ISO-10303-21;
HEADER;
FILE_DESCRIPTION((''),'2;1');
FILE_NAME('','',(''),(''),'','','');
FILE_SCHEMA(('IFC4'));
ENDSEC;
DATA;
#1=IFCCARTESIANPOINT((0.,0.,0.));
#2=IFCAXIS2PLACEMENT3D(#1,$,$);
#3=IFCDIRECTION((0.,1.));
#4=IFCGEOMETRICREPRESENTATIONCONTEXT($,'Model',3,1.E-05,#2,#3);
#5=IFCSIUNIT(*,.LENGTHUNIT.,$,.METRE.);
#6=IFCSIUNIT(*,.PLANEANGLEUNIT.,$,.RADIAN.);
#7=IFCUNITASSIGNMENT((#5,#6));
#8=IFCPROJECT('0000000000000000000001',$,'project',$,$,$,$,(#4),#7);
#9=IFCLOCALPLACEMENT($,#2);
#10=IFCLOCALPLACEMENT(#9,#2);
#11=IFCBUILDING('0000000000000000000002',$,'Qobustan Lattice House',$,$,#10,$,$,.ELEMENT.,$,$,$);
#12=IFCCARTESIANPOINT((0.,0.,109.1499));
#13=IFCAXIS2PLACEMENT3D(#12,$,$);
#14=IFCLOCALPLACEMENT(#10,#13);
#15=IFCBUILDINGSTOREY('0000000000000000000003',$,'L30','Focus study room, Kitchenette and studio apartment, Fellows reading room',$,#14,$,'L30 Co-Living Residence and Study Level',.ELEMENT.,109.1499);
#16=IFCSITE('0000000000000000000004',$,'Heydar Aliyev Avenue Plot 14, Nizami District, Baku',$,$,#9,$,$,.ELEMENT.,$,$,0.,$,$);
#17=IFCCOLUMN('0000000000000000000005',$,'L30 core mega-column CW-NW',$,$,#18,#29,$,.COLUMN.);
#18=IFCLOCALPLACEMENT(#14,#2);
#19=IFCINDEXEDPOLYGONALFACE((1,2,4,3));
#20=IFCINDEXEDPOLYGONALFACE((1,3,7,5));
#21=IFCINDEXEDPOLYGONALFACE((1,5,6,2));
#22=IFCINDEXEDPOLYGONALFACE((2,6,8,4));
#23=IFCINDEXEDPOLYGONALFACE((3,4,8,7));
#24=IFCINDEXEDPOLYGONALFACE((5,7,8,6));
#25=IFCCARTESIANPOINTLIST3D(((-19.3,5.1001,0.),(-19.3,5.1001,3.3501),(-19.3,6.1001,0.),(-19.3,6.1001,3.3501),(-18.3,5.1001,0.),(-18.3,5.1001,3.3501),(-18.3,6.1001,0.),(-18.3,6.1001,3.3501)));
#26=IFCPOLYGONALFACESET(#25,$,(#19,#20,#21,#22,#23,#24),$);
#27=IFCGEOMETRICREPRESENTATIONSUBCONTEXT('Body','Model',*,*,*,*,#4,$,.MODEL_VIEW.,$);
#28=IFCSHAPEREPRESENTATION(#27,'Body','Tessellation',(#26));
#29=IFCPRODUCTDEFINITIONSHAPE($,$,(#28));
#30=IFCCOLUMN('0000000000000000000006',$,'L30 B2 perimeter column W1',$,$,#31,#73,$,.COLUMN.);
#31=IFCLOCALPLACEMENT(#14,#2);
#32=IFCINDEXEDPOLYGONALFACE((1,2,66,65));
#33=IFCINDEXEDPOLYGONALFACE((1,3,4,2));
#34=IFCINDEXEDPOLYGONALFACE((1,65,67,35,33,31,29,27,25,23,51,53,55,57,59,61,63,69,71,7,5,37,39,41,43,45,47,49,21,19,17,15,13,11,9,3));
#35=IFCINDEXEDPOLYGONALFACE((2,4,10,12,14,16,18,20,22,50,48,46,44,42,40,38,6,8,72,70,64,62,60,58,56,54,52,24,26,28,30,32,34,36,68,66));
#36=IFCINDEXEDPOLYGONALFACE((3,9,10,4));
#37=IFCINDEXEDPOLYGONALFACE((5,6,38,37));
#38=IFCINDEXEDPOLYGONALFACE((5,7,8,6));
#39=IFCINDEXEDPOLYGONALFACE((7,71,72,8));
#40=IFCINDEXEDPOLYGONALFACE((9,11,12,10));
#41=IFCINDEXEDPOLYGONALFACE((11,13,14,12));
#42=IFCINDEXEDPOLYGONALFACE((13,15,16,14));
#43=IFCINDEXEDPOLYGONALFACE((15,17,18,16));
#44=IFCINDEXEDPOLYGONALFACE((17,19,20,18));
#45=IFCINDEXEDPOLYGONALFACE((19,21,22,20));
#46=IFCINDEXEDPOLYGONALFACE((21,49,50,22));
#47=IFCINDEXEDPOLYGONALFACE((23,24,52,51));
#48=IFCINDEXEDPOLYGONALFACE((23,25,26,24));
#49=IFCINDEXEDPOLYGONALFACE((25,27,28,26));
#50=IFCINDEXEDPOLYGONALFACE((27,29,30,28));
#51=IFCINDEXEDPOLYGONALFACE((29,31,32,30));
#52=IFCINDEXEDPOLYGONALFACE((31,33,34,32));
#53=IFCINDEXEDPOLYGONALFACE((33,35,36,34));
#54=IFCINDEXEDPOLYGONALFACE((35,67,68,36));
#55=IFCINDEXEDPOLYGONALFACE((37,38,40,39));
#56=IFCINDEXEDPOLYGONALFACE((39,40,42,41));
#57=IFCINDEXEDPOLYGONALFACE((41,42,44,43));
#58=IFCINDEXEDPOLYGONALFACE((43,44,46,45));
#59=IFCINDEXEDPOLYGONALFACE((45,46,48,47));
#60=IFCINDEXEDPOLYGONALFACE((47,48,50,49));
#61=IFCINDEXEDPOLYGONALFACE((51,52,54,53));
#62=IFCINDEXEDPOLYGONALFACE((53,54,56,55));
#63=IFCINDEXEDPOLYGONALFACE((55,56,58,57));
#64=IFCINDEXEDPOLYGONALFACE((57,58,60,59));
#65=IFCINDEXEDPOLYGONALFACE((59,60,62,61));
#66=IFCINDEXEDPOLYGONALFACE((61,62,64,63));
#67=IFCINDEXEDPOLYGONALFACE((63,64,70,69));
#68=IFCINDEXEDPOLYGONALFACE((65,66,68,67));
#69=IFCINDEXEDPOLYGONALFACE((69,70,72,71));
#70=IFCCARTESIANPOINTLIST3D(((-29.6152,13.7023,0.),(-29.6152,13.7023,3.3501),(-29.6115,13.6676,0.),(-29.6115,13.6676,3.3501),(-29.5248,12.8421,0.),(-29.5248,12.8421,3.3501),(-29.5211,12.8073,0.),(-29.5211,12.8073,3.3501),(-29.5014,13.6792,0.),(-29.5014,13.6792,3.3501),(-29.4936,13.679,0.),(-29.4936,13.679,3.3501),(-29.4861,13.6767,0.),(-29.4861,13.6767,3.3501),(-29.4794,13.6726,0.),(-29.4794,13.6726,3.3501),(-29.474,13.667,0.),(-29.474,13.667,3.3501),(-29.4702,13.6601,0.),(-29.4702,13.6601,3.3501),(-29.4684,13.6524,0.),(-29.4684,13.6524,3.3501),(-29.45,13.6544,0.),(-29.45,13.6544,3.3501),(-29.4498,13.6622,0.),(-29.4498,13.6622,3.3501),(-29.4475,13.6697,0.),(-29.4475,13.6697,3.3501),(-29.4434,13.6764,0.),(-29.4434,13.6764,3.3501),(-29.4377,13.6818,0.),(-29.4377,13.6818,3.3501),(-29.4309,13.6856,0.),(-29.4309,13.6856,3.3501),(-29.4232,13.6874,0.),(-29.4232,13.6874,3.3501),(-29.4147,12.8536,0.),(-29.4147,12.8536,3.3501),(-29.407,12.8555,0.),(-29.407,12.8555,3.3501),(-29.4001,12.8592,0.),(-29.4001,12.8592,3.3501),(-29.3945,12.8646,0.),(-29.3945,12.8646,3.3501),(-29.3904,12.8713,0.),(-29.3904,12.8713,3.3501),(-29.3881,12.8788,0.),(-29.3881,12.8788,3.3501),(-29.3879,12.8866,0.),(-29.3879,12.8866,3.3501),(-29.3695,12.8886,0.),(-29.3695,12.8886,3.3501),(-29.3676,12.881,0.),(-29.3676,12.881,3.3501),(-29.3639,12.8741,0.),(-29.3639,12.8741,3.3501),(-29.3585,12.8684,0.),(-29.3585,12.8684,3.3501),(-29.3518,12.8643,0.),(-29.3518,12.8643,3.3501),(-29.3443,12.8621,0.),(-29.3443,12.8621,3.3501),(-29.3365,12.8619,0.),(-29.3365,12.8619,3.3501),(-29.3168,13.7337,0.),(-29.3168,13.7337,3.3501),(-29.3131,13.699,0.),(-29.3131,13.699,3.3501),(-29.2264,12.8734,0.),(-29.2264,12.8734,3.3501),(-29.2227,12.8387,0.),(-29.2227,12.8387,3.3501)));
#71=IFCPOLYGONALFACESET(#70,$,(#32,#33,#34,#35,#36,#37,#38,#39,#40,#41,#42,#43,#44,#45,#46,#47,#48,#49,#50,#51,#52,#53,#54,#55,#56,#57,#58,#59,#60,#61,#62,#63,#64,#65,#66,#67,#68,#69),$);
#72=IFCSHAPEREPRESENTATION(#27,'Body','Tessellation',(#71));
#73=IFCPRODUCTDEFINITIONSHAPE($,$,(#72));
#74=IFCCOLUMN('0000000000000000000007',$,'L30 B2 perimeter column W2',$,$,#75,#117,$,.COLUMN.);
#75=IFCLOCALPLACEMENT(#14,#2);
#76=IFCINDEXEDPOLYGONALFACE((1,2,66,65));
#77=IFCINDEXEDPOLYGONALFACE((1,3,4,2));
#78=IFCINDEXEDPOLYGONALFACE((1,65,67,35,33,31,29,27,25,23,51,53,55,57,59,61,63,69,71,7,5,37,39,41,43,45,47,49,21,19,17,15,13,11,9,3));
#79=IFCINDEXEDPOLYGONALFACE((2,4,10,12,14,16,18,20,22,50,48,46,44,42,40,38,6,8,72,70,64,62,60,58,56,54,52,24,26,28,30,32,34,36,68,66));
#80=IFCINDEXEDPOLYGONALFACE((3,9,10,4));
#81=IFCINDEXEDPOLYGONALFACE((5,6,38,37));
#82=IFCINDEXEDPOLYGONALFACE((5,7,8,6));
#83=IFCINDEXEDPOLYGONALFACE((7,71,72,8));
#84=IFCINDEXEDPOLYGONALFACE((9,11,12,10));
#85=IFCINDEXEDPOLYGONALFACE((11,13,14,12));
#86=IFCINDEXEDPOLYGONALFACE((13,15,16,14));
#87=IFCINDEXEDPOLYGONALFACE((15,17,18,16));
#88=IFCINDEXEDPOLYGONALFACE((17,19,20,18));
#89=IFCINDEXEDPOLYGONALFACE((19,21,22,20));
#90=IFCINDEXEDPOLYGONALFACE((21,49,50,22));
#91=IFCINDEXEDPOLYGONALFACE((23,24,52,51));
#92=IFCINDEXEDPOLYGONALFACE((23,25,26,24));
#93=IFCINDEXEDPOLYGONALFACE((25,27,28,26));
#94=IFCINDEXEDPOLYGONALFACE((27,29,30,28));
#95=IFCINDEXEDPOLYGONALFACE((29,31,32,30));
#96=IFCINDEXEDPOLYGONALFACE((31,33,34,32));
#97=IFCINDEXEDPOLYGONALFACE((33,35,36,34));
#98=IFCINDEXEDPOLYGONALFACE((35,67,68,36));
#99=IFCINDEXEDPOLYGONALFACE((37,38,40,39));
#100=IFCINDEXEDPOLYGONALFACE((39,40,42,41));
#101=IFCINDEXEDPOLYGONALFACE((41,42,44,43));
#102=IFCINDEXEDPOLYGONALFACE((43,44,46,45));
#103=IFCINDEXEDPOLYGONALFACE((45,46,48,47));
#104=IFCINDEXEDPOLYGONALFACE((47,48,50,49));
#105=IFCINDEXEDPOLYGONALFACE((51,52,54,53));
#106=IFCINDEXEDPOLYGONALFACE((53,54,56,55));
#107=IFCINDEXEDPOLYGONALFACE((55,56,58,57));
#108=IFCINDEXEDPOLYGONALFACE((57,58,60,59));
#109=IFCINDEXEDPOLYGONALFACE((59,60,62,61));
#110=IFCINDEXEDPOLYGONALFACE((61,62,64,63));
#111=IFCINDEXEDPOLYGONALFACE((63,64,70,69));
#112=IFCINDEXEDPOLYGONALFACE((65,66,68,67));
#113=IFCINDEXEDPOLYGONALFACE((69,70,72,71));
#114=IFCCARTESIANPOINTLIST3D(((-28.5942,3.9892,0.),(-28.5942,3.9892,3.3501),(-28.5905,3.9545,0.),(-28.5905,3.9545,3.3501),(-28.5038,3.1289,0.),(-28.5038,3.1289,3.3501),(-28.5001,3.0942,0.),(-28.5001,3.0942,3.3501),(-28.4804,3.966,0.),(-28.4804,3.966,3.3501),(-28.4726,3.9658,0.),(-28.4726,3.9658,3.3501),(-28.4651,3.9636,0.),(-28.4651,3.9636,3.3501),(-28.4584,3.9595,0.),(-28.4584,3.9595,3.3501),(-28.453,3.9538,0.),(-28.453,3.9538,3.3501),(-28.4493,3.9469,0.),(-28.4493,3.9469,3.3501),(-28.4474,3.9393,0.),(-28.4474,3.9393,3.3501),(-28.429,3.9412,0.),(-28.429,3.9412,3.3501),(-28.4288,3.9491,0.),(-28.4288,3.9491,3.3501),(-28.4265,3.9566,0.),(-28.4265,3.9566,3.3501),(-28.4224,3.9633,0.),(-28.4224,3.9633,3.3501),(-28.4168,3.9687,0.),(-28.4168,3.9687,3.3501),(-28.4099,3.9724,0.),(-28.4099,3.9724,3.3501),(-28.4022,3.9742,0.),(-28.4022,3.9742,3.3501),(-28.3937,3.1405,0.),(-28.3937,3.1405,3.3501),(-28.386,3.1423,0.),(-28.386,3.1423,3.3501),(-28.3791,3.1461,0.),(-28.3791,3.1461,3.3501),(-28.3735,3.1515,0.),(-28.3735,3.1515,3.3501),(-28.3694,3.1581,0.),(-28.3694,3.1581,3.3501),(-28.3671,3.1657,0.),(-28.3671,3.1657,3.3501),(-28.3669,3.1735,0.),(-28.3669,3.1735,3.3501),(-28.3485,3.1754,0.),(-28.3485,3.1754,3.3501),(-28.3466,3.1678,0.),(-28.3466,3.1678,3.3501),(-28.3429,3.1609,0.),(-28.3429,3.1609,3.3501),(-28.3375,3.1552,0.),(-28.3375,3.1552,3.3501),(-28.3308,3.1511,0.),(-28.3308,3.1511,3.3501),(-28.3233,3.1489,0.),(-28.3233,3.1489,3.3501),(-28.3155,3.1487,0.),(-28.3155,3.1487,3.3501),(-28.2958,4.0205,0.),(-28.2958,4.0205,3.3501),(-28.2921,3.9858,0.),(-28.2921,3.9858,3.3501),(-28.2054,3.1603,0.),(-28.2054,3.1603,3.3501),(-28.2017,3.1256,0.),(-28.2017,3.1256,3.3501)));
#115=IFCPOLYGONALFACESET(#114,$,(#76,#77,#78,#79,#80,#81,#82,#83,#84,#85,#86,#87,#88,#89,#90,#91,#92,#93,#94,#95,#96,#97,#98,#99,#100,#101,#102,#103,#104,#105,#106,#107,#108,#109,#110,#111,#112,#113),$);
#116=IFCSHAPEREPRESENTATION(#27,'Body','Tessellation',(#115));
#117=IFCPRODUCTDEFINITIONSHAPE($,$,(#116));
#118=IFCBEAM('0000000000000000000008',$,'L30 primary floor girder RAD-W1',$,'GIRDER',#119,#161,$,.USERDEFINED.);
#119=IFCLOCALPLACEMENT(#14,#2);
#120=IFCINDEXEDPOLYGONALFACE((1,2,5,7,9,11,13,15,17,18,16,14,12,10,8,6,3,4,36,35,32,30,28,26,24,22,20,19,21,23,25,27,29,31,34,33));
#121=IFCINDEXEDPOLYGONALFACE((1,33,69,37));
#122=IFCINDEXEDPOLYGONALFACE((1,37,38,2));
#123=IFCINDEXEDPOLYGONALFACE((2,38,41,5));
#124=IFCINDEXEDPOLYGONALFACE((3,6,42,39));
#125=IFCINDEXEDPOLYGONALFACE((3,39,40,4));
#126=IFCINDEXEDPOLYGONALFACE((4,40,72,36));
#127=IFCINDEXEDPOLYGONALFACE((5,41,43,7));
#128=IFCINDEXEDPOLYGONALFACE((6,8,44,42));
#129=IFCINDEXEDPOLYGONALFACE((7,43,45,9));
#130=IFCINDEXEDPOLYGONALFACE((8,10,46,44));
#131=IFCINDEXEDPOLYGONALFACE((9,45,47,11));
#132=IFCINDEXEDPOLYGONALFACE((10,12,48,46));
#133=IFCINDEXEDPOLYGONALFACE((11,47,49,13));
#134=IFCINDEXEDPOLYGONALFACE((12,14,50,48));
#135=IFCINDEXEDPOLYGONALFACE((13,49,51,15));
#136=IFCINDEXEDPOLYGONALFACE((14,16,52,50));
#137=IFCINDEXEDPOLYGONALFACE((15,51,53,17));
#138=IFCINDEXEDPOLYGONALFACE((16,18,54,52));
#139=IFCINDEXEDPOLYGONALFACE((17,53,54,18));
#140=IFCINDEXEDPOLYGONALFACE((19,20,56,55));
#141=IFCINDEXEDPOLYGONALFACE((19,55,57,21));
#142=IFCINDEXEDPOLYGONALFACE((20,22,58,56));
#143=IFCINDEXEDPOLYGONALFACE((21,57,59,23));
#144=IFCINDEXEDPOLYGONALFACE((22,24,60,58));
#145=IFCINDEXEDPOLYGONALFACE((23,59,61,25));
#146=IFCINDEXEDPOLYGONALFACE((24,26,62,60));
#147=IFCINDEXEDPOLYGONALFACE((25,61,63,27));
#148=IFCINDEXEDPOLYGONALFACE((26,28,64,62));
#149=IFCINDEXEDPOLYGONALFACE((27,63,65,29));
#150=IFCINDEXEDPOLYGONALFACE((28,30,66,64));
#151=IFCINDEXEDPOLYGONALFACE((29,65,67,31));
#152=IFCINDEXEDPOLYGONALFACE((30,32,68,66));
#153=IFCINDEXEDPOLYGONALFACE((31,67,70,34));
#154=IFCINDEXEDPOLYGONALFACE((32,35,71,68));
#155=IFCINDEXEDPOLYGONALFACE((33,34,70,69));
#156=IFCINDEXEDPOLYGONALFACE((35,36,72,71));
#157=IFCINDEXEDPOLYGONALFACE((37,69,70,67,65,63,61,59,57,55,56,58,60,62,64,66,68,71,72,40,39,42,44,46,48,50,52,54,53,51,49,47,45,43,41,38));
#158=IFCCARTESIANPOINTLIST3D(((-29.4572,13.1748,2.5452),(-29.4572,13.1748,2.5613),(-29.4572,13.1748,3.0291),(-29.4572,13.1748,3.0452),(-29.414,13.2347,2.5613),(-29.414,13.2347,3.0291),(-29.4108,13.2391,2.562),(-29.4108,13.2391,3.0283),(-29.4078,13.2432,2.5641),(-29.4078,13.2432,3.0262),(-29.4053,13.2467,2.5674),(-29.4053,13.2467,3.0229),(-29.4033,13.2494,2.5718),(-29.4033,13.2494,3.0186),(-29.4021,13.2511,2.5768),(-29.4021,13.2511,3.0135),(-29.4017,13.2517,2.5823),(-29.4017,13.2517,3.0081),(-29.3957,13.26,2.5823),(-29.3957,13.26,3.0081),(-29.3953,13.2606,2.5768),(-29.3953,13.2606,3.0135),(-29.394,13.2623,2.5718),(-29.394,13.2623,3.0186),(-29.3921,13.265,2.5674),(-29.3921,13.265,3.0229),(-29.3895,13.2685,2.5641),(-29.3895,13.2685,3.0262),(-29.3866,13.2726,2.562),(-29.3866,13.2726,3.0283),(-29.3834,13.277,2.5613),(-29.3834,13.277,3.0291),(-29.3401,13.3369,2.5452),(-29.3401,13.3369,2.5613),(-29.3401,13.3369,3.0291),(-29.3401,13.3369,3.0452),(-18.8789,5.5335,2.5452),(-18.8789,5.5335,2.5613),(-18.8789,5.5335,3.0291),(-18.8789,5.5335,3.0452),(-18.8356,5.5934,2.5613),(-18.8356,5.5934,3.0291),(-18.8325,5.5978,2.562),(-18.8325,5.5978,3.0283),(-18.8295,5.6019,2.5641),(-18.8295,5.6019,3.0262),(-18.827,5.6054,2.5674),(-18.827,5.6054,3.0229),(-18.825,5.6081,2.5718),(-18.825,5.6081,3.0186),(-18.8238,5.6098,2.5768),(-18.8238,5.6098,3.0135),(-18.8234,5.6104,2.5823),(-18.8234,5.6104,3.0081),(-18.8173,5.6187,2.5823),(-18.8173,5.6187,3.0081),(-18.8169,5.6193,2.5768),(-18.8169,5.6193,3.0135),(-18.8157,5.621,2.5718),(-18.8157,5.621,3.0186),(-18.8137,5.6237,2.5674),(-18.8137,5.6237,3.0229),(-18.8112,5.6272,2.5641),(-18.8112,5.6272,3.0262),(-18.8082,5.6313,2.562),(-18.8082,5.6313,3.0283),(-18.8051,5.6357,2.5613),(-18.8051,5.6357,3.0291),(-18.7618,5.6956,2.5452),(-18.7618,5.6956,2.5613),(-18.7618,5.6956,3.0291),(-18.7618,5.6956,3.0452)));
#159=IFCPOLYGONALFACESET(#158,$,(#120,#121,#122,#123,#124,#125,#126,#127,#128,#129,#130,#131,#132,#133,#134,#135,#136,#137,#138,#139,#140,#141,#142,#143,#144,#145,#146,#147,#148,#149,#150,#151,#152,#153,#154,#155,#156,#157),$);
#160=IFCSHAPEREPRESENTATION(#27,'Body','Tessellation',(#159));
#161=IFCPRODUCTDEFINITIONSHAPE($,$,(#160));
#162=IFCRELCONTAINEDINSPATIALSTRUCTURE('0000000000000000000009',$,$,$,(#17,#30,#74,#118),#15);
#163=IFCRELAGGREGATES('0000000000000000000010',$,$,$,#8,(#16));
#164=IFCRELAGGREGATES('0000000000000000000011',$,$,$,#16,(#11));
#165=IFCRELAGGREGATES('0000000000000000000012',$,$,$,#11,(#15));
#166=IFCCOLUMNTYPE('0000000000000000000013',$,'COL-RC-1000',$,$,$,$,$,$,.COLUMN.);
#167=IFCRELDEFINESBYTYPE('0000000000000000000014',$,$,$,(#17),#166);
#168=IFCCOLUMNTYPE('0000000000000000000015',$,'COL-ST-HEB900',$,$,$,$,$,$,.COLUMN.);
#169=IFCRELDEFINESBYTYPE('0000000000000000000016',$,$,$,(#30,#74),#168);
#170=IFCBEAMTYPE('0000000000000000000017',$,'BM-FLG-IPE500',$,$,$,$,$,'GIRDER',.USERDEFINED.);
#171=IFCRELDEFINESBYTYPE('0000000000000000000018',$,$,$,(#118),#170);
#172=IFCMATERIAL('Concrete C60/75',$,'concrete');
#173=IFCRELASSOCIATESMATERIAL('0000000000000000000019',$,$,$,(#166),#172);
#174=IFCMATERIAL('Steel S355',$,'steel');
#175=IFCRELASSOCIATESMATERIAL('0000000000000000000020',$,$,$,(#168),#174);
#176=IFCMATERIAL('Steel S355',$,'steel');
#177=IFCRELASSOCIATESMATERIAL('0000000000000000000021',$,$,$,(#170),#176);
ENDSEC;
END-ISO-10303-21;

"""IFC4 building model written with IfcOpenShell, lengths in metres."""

from ifc_helpers import new_model, si_unit, direction, frame, origin, origin_2d, place, context, subcontext, project, spatial, rectangle, i_section, extrude, material, material_profile, profile_set, type_object, element, save


model = new_model("IFC4")

# Units and contexts
model_context = context("Model", 3, precision=1e-05, world=origin(), true_north=direction((0.0, 1.0)))
body_context = subcontext(model_context, "Body", "Model", "MODEL_VIEW")
ifc_project = project(units=[si_unit("LENGTHUNIT", "METRE"), si_unit("PLANEANGLEUNIT", "RADIAN")], contexts=[model_context])

# Site, building, storey
site_placement = place(None, origin())
site = spatial("IfcSite", under=ifc_project, at=site_placement, Name="Heydar Aliyev Avenue Plot 14, Nizami District, Baku", CompositionType="ELEMENT", RefElevation=0.0)
building_placement = place(site_placement, origin())
building = spatial("IfcBuilding", under=site, at=building_placement, Name="Qobustan Lattice House", CompositionType="ELEMENT")
storey_placement = place(building_placement, frame((0.0, 0.0, 109.1499)))
storey = spatial("IfcBuildingStorey", under=building, at=storey_placement, Name="L30", Description="Focus study room, Kitchenette and studio apartment, Fellows reading room", LongName="L30 Co-Living Residence and Study Level", CompositionType="ELEMENT", Elevation=109.1499)

# Columns
ifc_material_1 = material(Name="Concrete C60/75", Category="concrete")
ifc_material_profile_1 = material_profile(ifc_material_1, rectangle(XDim=1.0, YDim=1.0, at=origin_2d()), Name="RC1000x1000")
ifc_profile_set_1 = profile_set([ifc_material_profile_1], Name="Concrete C60/75")
column_type_1 = type_object("IfcColumnType", Name="COL-RC-1000", PredefinedType="COLUMN", material=ifc_profile_set_1)
column_placement = place(storey_placement, frame((-18.8, 5.6001, 0.0), z_axis=(0.0, 0.0, 1.0), x_axis=(1.0, 0.0, 0.0)))
element("IfcColumn", 1, at=column_placement, inside=storey, type_object=column_type_1, Name="L30 core mega-column CW-NW", PredefinedType="COLUMN", context=body_context, shape_type="SweptSolid", body=[
    extrude(rectangle(XDim=1.0, YDim=1.0, at=origin_2d()), origin(), (0.0, 0.0, 1.0), 3.3501),
])
ifc_material_2 = material(Name="Steel S355", Category="steel")
ifc_material_profile_2 = material_profile(ifc_material_2, i_section(OverallWidth=0.3, OverallDepth=0.8999, WebThickness=0.0186, FlangeThickness=0.0349, FilletRadius=0.03, at=origin_2d()), Name="HEB900")
ifc_profile_set_2 = profile_set([ifc_material_profile_2], Name="Steel S355")
column_type_2 = type_object("IfcColumnType", Name="COL-ST-HEB900", PredefinedType="COLUMN", material=ifc_profile_set_2)
for number, where, z_axis, x_axis, name in (
    (2, (-29.4189, 13.2705, 0.0), (0.0, 0.0, 1.0), (0.994522, 0.104528, 0.0), "L30 B2 perimeter column W1"),
    (3, (-28.3979, 3.5574, 0.0), (0.0, 0.0, 1.0), (0.994522, 0.104528, 0.0), "L30 B2 perimeter column W2"),
):
    element("IfcColumn", number, at=place(storey_placement, frame(where, z_axis=z_axis, x_axis=x_axis)), inside=storey, type_object=column_type_2, Name=name, PredefinedType="COLUMN", context=body_context, shape_type="SweptSolid", body=[
        extrude(i_section(OverallWidth=0.3, OverallDepth=0.8999, WebThickness=0.0186, FlangeThickness=0.0349, FilletRadius=0.03, at=origin_2d()), origin(), (0.0, 0.0, 1.0), 3.3501),
    ])

# Beam
ifc_material_3 = material(Name="Steel S355", Category="steel")
ifc_material_profile_3 = material_profile(ifc_material_3, i_section(OverallWidth=0.2, OverallDepth=0.5, WebThickness=0.0103, FlangeThickness=0.0161, FilletRadius=0.021, at=origin_2d()), Name="IPE500")
ifc_profile_set_3 = profile_set([ifc_material_profile_3], Name="Steel S355")
beam_type_1 = type_object("IfcBeamType", Name="BM-FLG-IPE500", ElementType="GIRDER", PredefinedType="USERDEFINED", material=ifc_profile_set_3)
beam_1_placement = place(storey_placement, frame((-29.3987, 13.2559, 2.7952), z_axis=(0.810627, -0.585562, 0.0), x_axis=(0.585562, 0.810627, 0.0)))
element("IfcBeam", 4, at=beam_1_placement, inside=storey, type_object=beam_type_1, Name="L30 primary floor girder RAD-W1", ObjectType="GIRDER", PredefinedType="USERDEFINED", context=body_context, shape_type="SweptSolid", body=[
    extrude(i_section(OverallWidth=0.2, OverallDepth=0.5, WebThickness=0.0103, FlangeThickness=0.0161, FilletRadius=0.021, at=origin_2d()), origin(), (0.0, 0.0, 1.0), 13.0496),
])

save(model, "model.ifc")
